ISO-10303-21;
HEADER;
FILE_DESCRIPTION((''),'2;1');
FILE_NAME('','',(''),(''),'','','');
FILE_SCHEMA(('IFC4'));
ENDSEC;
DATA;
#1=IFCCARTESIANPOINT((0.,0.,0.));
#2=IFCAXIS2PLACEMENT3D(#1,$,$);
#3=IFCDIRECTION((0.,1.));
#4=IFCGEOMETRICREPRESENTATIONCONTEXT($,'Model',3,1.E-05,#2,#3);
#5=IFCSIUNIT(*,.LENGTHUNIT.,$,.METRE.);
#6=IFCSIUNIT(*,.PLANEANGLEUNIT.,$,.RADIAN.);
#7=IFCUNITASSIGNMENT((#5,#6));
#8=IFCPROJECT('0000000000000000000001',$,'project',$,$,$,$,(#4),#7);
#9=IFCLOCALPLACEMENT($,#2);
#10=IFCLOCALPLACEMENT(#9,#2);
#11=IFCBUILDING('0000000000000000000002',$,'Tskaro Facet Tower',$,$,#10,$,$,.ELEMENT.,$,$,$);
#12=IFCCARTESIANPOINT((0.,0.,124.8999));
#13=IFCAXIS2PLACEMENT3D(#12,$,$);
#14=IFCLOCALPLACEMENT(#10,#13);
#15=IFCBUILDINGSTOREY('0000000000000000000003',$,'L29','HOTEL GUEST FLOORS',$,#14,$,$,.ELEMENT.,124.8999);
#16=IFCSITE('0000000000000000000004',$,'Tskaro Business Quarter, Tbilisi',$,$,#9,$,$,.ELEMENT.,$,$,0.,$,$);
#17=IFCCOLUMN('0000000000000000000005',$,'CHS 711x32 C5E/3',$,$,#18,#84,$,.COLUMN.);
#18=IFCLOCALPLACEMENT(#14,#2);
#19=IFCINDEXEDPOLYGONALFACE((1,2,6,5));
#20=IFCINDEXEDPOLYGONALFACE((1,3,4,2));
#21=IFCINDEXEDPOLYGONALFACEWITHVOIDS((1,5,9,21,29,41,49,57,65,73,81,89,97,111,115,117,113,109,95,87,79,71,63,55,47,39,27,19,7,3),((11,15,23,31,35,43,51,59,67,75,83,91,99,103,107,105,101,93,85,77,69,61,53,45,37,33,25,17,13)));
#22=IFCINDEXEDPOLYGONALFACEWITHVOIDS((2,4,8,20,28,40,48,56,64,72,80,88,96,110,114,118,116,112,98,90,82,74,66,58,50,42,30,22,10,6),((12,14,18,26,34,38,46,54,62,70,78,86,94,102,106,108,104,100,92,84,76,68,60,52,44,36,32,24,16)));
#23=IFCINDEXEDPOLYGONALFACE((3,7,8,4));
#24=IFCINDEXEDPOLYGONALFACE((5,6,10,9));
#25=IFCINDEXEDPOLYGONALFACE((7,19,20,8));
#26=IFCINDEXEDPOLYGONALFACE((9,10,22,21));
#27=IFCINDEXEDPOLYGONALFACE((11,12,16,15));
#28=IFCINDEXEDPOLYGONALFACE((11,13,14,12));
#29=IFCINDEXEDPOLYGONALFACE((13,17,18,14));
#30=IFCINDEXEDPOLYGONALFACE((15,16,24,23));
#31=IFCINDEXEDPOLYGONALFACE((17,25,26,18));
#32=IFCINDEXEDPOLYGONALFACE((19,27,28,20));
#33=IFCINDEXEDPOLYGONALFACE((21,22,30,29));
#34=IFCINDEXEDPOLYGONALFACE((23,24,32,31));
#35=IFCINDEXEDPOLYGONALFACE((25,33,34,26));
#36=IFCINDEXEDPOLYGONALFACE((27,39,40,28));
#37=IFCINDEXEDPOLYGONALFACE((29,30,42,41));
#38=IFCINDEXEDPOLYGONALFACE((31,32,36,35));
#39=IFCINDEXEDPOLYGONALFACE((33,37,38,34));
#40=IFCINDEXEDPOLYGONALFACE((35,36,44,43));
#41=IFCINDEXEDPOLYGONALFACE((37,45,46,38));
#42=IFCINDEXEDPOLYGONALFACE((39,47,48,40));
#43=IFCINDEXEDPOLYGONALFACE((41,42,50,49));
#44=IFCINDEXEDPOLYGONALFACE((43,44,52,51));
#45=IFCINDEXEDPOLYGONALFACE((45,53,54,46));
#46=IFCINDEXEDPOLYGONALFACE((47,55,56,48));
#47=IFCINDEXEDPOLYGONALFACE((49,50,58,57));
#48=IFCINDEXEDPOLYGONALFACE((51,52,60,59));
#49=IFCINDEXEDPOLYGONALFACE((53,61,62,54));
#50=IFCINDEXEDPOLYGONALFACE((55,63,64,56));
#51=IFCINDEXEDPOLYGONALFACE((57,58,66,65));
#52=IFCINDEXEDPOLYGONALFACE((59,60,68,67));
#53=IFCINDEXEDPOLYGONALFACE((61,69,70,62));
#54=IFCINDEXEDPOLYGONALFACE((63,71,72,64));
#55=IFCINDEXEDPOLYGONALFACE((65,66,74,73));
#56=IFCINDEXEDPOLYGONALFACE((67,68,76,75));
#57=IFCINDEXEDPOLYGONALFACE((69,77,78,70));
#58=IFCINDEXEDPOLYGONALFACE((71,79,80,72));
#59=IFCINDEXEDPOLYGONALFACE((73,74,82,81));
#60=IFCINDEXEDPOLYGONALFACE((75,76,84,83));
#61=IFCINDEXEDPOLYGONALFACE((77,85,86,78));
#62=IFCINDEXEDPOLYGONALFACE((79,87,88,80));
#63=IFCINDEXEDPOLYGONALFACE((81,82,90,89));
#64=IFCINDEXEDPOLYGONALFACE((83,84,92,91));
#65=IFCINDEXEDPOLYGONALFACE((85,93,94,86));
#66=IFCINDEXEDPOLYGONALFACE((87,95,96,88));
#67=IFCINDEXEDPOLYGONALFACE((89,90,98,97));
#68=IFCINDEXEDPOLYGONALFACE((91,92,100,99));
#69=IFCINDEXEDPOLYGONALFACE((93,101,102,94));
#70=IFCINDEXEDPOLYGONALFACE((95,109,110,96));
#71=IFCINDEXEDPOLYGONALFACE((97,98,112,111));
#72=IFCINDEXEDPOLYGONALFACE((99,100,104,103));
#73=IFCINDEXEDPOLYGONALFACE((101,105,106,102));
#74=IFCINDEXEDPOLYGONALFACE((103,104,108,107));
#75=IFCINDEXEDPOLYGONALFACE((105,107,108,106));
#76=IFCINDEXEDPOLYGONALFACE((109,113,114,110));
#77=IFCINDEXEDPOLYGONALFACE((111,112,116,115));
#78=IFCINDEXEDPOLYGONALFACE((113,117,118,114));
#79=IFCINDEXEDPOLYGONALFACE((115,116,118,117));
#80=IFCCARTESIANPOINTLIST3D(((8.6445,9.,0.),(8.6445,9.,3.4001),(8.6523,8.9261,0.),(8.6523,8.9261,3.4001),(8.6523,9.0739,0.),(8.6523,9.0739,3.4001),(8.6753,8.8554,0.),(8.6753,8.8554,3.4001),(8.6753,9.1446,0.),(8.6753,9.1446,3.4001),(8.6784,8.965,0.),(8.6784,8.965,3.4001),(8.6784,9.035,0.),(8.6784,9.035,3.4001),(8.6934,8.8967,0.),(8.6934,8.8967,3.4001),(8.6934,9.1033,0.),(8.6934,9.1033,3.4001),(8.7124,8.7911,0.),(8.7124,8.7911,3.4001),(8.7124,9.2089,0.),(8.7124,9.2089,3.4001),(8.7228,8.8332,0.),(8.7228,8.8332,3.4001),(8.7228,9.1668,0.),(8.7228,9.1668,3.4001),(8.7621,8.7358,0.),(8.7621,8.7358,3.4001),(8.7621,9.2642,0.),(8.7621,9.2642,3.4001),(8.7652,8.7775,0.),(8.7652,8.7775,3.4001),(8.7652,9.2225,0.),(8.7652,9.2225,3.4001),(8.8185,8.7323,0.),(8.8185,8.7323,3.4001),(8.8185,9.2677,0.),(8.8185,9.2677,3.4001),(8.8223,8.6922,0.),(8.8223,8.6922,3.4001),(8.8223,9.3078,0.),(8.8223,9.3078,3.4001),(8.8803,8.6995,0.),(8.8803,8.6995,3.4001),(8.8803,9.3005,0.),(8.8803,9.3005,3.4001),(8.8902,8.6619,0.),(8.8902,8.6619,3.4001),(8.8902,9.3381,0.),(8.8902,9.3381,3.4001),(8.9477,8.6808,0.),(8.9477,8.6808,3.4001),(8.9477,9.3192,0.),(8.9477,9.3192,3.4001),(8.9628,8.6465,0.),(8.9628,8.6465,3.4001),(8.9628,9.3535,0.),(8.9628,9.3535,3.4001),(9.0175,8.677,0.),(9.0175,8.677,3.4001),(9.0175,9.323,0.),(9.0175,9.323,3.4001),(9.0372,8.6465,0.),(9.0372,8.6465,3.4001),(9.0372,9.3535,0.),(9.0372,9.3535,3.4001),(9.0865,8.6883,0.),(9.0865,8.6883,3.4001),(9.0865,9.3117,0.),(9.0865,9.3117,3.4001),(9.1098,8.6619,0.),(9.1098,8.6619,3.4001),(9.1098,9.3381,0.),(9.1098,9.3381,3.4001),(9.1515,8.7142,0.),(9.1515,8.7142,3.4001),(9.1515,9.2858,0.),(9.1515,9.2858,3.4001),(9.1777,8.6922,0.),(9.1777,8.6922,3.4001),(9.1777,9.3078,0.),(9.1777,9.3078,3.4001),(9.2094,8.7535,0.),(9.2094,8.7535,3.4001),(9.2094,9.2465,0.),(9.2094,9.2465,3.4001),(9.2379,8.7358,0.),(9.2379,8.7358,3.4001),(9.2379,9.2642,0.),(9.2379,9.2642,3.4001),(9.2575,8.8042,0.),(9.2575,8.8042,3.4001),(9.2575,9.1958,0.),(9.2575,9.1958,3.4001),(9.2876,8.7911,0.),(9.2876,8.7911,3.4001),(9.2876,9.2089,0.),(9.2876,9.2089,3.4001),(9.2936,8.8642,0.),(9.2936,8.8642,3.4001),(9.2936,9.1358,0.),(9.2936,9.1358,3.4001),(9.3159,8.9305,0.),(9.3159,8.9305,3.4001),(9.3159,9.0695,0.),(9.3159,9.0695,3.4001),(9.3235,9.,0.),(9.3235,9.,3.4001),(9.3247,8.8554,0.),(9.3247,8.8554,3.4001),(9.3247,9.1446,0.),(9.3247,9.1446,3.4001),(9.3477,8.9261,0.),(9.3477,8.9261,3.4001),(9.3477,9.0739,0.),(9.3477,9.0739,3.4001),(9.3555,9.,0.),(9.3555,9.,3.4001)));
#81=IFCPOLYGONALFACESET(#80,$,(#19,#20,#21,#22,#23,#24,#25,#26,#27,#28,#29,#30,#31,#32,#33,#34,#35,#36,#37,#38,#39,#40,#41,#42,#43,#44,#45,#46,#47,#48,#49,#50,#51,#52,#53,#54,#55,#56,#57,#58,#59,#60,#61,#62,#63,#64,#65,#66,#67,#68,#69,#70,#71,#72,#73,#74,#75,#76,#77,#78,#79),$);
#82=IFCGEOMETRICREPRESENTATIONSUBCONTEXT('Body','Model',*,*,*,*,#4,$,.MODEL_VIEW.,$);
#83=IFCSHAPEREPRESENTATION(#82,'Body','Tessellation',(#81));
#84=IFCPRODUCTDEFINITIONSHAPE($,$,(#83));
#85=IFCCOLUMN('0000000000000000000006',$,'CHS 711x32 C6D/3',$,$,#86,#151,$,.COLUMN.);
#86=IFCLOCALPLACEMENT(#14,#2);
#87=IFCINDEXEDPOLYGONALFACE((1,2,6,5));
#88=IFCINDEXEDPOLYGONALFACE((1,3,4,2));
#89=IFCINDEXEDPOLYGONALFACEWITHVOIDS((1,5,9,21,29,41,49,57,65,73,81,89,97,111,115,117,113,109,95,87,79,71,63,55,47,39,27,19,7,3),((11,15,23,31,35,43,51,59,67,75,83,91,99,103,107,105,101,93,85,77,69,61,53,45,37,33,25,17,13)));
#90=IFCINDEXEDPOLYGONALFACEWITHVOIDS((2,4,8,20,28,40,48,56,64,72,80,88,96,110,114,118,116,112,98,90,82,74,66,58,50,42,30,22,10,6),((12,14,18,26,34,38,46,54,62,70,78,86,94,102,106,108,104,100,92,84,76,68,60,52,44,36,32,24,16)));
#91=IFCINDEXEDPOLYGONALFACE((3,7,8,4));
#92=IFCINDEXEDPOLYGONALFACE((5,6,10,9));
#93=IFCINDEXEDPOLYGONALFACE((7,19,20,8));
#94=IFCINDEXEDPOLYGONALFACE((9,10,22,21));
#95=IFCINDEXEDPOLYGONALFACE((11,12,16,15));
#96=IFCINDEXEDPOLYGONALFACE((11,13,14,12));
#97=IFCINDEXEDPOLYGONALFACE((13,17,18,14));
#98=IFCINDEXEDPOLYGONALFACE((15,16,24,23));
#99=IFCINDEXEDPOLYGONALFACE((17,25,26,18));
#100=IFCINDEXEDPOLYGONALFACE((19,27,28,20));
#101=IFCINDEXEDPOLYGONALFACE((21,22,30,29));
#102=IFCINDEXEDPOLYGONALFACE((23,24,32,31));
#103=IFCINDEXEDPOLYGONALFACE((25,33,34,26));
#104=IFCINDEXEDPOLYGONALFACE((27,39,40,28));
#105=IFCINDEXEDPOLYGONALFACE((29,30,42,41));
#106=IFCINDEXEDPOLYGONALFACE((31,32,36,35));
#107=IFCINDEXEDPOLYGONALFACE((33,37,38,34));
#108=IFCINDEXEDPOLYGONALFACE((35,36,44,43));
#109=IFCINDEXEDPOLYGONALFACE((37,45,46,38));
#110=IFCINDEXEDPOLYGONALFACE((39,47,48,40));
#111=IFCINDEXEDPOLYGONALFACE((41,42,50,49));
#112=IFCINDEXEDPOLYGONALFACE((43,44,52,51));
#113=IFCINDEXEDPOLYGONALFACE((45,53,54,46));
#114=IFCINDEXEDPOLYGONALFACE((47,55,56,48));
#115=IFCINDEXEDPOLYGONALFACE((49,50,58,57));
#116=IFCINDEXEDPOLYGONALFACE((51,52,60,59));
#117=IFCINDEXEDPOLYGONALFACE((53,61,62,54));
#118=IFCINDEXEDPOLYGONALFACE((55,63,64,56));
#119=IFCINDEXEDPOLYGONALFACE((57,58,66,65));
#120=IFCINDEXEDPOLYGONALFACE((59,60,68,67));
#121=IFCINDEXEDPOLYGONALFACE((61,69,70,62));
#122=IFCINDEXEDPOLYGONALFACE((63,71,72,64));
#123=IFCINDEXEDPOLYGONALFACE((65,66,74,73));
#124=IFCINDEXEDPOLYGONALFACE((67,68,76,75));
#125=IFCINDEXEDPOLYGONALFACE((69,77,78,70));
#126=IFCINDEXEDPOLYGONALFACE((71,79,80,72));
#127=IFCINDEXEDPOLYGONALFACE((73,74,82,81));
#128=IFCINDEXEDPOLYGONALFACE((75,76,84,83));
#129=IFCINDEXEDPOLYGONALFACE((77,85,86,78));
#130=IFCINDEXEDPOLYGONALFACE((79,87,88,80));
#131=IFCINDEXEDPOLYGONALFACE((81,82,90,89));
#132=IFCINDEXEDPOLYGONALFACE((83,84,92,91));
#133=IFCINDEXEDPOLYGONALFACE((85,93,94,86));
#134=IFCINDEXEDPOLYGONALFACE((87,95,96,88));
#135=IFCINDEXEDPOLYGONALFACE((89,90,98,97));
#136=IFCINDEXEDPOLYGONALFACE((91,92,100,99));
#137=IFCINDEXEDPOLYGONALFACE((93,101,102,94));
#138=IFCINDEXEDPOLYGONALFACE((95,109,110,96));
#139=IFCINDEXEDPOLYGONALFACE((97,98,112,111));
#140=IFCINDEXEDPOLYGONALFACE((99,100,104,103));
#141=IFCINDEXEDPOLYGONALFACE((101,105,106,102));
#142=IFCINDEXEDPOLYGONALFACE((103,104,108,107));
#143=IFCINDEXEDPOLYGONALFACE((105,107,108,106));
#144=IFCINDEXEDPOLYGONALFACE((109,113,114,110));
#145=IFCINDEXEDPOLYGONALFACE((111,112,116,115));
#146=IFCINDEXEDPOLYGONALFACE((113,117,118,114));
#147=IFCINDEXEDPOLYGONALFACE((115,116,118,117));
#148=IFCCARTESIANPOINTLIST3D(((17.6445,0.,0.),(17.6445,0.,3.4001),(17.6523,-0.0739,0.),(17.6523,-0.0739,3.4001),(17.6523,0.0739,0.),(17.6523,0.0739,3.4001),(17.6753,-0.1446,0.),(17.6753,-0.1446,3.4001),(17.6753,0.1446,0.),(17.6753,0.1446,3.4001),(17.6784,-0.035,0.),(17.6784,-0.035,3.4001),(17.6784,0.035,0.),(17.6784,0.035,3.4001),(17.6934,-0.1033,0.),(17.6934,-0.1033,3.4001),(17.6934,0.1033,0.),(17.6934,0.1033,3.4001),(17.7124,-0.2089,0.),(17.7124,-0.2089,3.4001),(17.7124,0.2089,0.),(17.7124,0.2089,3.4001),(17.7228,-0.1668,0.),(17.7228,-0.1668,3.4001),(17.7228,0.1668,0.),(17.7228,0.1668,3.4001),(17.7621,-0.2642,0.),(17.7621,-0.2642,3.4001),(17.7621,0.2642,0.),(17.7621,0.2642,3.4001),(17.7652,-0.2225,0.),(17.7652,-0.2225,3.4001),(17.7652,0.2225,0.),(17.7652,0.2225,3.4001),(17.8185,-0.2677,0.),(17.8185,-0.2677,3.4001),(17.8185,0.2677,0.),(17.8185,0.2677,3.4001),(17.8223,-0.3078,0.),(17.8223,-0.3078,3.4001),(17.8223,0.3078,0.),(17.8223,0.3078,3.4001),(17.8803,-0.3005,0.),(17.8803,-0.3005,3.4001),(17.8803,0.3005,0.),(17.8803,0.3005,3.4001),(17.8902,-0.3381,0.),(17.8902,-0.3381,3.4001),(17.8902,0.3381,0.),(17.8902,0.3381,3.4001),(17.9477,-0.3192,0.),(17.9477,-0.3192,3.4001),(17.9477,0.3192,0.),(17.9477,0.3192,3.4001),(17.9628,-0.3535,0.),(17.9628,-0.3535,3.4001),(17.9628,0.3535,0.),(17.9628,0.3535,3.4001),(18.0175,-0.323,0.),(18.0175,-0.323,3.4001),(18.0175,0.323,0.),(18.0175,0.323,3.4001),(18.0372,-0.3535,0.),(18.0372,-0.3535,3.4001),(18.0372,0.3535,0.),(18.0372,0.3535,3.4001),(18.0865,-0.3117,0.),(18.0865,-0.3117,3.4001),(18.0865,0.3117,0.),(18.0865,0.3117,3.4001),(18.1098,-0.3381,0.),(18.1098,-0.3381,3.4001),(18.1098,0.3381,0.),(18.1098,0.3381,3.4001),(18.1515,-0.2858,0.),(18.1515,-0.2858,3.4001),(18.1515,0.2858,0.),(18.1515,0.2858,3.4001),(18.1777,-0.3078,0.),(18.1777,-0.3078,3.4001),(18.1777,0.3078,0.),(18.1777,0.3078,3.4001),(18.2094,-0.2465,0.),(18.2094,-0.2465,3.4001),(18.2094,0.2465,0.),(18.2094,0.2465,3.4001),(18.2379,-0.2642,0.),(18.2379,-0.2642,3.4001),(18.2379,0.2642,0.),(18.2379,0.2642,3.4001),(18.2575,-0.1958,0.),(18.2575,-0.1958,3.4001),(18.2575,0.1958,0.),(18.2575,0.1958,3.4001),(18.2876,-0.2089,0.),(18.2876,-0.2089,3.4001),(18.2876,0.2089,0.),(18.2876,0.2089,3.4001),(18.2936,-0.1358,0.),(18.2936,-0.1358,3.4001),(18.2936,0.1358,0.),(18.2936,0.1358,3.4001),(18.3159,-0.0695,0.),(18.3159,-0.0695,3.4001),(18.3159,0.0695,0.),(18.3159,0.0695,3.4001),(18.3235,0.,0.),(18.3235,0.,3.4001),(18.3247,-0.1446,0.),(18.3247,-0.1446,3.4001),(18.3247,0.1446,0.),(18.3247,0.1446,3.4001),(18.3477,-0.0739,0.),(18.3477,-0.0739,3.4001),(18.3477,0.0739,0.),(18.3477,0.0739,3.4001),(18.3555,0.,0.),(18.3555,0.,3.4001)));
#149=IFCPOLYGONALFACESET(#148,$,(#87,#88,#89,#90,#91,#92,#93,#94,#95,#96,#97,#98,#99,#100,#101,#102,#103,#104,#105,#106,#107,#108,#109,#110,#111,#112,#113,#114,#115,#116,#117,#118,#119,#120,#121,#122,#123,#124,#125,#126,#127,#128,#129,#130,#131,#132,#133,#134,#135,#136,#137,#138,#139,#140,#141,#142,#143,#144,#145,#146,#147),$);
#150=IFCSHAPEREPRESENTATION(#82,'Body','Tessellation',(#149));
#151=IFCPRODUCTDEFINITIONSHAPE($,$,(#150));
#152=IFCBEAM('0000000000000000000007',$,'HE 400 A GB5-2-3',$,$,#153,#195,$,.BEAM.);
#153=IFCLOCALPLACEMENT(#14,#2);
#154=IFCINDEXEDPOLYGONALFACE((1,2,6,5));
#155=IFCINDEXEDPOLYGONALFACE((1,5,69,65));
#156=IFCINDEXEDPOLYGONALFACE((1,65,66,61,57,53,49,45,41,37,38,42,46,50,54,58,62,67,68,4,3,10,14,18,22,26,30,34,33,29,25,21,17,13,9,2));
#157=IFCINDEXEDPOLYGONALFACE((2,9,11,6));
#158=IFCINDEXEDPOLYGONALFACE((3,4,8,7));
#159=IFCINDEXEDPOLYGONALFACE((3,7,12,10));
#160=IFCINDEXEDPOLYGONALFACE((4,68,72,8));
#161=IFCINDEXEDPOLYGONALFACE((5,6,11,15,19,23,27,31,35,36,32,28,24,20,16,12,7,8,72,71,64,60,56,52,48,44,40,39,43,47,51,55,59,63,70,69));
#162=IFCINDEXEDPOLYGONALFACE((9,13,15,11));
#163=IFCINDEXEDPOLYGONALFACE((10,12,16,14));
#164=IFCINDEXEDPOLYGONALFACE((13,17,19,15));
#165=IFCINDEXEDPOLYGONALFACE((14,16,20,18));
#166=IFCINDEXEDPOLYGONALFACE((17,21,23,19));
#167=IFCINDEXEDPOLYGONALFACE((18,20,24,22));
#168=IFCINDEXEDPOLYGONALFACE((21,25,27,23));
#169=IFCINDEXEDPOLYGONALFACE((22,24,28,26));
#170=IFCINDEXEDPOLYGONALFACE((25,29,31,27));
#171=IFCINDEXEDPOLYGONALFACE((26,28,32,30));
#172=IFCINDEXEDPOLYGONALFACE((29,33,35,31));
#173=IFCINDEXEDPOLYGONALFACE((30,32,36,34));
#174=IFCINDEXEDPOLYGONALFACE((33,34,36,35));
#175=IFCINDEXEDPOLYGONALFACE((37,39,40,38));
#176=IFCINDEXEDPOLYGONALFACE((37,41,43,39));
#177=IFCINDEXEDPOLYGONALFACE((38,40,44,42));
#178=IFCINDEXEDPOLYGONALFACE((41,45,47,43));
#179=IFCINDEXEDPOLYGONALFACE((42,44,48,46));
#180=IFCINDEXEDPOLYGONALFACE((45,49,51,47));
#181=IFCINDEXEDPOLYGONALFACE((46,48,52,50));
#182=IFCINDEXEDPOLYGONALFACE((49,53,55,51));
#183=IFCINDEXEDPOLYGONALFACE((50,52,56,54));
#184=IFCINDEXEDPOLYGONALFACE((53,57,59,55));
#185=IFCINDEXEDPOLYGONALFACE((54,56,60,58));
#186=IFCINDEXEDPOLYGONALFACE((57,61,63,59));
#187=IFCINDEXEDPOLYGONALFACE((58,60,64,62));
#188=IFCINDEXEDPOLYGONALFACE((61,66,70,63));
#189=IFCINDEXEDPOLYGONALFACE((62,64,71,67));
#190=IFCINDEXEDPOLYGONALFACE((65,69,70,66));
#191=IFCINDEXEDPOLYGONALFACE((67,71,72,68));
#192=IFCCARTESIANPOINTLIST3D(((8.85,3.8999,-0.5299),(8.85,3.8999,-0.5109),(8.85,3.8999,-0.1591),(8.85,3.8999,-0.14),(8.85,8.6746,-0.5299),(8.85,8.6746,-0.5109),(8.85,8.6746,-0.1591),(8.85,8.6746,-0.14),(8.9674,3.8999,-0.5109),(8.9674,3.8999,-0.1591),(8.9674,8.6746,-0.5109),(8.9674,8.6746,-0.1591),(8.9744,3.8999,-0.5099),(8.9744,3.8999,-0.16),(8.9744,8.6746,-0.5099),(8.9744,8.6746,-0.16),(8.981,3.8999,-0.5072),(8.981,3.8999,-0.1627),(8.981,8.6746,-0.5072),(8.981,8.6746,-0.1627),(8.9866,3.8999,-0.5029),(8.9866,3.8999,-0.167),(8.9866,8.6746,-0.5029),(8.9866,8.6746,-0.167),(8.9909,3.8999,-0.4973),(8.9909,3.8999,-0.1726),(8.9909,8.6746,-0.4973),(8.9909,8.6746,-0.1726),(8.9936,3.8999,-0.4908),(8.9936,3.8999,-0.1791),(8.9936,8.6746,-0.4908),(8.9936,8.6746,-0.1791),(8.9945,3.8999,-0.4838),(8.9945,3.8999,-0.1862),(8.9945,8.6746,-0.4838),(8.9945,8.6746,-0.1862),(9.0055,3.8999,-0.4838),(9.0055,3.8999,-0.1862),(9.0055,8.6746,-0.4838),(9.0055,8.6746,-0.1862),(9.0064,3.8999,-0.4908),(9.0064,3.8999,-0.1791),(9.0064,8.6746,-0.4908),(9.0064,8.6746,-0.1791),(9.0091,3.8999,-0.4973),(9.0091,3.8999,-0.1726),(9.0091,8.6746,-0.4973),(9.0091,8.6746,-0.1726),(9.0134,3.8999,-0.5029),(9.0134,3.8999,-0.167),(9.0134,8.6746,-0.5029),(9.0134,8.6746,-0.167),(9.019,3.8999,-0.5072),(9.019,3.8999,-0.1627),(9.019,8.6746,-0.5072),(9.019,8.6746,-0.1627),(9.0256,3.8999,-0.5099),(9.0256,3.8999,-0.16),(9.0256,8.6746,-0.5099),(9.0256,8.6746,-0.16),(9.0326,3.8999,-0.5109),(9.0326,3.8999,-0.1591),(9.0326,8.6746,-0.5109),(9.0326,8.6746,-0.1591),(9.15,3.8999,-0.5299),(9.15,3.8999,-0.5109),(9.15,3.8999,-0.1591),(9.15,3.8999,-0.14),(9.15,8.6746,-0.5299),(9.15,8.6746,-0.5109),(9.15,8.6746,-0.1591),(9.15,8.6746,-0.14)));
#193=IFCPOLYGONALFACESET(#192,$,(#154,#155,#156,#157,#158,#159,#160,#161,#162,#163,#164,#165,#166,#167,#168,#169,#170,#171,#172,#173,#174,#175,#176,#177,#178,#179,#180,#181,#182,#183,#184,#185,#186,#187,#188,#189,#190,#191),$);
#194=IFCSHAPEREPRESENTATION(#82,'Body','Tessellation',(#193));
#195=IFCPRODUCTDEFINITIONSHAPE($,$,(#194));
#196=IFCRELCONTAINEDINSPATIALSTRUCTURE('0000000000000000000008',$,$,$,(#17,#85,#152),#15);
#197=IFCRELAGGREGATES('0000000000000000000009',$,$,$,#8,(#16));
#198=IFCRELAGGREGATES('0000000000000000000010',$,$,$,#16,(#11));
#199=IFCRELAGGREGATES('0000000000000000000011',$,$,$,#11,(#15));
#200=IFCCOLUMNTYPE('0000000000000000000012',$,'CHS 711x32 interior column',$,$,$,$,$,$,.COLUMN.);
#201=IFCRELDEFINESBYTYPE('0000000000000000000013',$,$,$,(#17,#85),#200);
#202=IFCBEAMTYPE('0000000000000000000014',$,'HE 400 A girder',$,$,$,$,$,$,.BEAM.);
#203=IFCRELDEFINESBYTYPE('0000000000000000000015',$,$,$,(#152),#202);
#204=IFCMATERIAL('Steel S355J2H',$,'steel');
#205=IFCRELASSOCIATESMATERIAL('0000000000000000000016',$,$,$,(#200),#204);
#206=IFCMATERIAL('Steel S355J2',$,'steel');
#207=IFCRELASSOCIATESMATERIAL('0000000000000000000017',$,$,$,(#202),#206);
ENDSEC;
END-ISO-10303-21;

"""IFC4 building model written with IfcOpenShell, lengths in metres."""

from ifc_helpers import new_model, si_unit, direction, frame, origin, origin_2d, place, context, subcontext, project, spatial, hollow_circle, i_section, extrude, material, material_profile, profile_set, type_object, element, save


model = new_model("IFC4")

# Units and contexts
model_context = context("Model", 3, precision=1e-05, world=origin(), true_north=direction((0.0, 1.0)))
body_context = subcontext(model_context, "Body", "Model", "MODEL_VIEW")
ifc_project = project(units=[si_unit("LENGTHUNIT", "METRE"), si_unit("PLANEANGLEUNIT", "RADIAN")], contexts=[model_context])

# Site, building, storey
site_placement = place(None, origin())
site = spatial("IfcSite", under=ifc_project, at=site_placement, Name="Tskaro Business Quarter, Tbilisi", CompositionType="ELEMENT", RefElevation=0.0)
building_placement = place(site_placement, origin())
building = spatial("IfcBuilding", under=site, at=building_placement, Name="Tskaro Facet Tower", CompositionType="ELEMENT")
storey_placement = place(building_placement, frame((0.0, 0.0, 124.8999)))
storey = spatial("IfcBuildingStorey", under=building, at=storey_placement, Name="L29", Description="HOTEL GUEST FLOORS", CompositionType="ELEMENT", Elevation=124.8999)

# Columns
ifc_material_1 = material(Name="Steel S355J2H", Category="steel")
ifc_material_profile_1 = material_profile(ifc_material_1, hollow_circle(Radius=0.3555, WallThickness=0.032, at=origin_2d()), Name="CHS 711x32")
ifc_profile_set_1 = profile_set([ifc_material_profile_1], Name="Steel S355J2H")
column_type = type_object("IfcColumnType", Name="CHS 711x32 interior column", PredefinedType="COLUMN", material=ifc_profile_set_1)
for number, where, z_axis, x_axis, name in (
    (1, (9.0, 9.0, 0.0), (0.0, 0.0, 1.0), (1.0, 0.0, 0.0), "CHS 711x32 C5E/3"),
    (2, (18.0, 0.0, 0.0), (0.0, 0.0, 1.0), (1.0, 0.0, 0.0), "CHS 711x32 C6D/3"),
):
    element("IfcColumn", number, at=place(storey_placement, frame(where, z_axis=z_axis, x_axis=x_axis)), inside=storey, type_object=column_type, Name=name, PredefinedType="COLUMN", context=body_context, shape_type="SweptSolid", body=[
        extrude(hollow_circle(Radius=0.3555, WallThickness=0.032, at=origin_2d()), origin(), (0.0, 0.0, 1.0), 3.4001),
    ])

# Beam
ifc_material_2 = material(Name="Steel S355J2", Category="steel")
ifc_material_profile_2 = material_profile(ifc_material_2, i_section(OverallWidth=0.3, OverallDepth=0.3899, WebThickness=0.011, FlangeThickness=0.019, FilletRadius=0.0271, at=origin_2d()), Name="HE 400 A")
ifc_profile_set_2 = profile_set([ifc_material_profile_2], Name="Steel S355J2")
beam_type_1 = type_object("IfcBeamType", Name="HE 400 A girder", PredefinedType="BEAM", material=ifc_profile_set_2)
beam_1_placement = place(storey_placement, frame((9.0, 3.8999, -0.335), z_axis=(0.0, 1.0, 0.0), x_axis=(-1.0, 0.0, 0.0)))
element("IfcBeam", 3, at=beam_1_placement, inside=storey, type_object=beam_type_1, Name="HE 400 A GB5-2-3", PredefinedType="BEAM", context=body_context, shape_type="SweptSolid", body=[
    extrude(i_section(OverallWidth=0.3, OverallDepth=0.3899, WebThickness=0.011, FlangeThickness=0.019, FilletRadius=0.0271, at=origin_2d()), origin(), (0.0, 0.0, 1.0), 4.7747),
])

save(model, "model.ifc")
